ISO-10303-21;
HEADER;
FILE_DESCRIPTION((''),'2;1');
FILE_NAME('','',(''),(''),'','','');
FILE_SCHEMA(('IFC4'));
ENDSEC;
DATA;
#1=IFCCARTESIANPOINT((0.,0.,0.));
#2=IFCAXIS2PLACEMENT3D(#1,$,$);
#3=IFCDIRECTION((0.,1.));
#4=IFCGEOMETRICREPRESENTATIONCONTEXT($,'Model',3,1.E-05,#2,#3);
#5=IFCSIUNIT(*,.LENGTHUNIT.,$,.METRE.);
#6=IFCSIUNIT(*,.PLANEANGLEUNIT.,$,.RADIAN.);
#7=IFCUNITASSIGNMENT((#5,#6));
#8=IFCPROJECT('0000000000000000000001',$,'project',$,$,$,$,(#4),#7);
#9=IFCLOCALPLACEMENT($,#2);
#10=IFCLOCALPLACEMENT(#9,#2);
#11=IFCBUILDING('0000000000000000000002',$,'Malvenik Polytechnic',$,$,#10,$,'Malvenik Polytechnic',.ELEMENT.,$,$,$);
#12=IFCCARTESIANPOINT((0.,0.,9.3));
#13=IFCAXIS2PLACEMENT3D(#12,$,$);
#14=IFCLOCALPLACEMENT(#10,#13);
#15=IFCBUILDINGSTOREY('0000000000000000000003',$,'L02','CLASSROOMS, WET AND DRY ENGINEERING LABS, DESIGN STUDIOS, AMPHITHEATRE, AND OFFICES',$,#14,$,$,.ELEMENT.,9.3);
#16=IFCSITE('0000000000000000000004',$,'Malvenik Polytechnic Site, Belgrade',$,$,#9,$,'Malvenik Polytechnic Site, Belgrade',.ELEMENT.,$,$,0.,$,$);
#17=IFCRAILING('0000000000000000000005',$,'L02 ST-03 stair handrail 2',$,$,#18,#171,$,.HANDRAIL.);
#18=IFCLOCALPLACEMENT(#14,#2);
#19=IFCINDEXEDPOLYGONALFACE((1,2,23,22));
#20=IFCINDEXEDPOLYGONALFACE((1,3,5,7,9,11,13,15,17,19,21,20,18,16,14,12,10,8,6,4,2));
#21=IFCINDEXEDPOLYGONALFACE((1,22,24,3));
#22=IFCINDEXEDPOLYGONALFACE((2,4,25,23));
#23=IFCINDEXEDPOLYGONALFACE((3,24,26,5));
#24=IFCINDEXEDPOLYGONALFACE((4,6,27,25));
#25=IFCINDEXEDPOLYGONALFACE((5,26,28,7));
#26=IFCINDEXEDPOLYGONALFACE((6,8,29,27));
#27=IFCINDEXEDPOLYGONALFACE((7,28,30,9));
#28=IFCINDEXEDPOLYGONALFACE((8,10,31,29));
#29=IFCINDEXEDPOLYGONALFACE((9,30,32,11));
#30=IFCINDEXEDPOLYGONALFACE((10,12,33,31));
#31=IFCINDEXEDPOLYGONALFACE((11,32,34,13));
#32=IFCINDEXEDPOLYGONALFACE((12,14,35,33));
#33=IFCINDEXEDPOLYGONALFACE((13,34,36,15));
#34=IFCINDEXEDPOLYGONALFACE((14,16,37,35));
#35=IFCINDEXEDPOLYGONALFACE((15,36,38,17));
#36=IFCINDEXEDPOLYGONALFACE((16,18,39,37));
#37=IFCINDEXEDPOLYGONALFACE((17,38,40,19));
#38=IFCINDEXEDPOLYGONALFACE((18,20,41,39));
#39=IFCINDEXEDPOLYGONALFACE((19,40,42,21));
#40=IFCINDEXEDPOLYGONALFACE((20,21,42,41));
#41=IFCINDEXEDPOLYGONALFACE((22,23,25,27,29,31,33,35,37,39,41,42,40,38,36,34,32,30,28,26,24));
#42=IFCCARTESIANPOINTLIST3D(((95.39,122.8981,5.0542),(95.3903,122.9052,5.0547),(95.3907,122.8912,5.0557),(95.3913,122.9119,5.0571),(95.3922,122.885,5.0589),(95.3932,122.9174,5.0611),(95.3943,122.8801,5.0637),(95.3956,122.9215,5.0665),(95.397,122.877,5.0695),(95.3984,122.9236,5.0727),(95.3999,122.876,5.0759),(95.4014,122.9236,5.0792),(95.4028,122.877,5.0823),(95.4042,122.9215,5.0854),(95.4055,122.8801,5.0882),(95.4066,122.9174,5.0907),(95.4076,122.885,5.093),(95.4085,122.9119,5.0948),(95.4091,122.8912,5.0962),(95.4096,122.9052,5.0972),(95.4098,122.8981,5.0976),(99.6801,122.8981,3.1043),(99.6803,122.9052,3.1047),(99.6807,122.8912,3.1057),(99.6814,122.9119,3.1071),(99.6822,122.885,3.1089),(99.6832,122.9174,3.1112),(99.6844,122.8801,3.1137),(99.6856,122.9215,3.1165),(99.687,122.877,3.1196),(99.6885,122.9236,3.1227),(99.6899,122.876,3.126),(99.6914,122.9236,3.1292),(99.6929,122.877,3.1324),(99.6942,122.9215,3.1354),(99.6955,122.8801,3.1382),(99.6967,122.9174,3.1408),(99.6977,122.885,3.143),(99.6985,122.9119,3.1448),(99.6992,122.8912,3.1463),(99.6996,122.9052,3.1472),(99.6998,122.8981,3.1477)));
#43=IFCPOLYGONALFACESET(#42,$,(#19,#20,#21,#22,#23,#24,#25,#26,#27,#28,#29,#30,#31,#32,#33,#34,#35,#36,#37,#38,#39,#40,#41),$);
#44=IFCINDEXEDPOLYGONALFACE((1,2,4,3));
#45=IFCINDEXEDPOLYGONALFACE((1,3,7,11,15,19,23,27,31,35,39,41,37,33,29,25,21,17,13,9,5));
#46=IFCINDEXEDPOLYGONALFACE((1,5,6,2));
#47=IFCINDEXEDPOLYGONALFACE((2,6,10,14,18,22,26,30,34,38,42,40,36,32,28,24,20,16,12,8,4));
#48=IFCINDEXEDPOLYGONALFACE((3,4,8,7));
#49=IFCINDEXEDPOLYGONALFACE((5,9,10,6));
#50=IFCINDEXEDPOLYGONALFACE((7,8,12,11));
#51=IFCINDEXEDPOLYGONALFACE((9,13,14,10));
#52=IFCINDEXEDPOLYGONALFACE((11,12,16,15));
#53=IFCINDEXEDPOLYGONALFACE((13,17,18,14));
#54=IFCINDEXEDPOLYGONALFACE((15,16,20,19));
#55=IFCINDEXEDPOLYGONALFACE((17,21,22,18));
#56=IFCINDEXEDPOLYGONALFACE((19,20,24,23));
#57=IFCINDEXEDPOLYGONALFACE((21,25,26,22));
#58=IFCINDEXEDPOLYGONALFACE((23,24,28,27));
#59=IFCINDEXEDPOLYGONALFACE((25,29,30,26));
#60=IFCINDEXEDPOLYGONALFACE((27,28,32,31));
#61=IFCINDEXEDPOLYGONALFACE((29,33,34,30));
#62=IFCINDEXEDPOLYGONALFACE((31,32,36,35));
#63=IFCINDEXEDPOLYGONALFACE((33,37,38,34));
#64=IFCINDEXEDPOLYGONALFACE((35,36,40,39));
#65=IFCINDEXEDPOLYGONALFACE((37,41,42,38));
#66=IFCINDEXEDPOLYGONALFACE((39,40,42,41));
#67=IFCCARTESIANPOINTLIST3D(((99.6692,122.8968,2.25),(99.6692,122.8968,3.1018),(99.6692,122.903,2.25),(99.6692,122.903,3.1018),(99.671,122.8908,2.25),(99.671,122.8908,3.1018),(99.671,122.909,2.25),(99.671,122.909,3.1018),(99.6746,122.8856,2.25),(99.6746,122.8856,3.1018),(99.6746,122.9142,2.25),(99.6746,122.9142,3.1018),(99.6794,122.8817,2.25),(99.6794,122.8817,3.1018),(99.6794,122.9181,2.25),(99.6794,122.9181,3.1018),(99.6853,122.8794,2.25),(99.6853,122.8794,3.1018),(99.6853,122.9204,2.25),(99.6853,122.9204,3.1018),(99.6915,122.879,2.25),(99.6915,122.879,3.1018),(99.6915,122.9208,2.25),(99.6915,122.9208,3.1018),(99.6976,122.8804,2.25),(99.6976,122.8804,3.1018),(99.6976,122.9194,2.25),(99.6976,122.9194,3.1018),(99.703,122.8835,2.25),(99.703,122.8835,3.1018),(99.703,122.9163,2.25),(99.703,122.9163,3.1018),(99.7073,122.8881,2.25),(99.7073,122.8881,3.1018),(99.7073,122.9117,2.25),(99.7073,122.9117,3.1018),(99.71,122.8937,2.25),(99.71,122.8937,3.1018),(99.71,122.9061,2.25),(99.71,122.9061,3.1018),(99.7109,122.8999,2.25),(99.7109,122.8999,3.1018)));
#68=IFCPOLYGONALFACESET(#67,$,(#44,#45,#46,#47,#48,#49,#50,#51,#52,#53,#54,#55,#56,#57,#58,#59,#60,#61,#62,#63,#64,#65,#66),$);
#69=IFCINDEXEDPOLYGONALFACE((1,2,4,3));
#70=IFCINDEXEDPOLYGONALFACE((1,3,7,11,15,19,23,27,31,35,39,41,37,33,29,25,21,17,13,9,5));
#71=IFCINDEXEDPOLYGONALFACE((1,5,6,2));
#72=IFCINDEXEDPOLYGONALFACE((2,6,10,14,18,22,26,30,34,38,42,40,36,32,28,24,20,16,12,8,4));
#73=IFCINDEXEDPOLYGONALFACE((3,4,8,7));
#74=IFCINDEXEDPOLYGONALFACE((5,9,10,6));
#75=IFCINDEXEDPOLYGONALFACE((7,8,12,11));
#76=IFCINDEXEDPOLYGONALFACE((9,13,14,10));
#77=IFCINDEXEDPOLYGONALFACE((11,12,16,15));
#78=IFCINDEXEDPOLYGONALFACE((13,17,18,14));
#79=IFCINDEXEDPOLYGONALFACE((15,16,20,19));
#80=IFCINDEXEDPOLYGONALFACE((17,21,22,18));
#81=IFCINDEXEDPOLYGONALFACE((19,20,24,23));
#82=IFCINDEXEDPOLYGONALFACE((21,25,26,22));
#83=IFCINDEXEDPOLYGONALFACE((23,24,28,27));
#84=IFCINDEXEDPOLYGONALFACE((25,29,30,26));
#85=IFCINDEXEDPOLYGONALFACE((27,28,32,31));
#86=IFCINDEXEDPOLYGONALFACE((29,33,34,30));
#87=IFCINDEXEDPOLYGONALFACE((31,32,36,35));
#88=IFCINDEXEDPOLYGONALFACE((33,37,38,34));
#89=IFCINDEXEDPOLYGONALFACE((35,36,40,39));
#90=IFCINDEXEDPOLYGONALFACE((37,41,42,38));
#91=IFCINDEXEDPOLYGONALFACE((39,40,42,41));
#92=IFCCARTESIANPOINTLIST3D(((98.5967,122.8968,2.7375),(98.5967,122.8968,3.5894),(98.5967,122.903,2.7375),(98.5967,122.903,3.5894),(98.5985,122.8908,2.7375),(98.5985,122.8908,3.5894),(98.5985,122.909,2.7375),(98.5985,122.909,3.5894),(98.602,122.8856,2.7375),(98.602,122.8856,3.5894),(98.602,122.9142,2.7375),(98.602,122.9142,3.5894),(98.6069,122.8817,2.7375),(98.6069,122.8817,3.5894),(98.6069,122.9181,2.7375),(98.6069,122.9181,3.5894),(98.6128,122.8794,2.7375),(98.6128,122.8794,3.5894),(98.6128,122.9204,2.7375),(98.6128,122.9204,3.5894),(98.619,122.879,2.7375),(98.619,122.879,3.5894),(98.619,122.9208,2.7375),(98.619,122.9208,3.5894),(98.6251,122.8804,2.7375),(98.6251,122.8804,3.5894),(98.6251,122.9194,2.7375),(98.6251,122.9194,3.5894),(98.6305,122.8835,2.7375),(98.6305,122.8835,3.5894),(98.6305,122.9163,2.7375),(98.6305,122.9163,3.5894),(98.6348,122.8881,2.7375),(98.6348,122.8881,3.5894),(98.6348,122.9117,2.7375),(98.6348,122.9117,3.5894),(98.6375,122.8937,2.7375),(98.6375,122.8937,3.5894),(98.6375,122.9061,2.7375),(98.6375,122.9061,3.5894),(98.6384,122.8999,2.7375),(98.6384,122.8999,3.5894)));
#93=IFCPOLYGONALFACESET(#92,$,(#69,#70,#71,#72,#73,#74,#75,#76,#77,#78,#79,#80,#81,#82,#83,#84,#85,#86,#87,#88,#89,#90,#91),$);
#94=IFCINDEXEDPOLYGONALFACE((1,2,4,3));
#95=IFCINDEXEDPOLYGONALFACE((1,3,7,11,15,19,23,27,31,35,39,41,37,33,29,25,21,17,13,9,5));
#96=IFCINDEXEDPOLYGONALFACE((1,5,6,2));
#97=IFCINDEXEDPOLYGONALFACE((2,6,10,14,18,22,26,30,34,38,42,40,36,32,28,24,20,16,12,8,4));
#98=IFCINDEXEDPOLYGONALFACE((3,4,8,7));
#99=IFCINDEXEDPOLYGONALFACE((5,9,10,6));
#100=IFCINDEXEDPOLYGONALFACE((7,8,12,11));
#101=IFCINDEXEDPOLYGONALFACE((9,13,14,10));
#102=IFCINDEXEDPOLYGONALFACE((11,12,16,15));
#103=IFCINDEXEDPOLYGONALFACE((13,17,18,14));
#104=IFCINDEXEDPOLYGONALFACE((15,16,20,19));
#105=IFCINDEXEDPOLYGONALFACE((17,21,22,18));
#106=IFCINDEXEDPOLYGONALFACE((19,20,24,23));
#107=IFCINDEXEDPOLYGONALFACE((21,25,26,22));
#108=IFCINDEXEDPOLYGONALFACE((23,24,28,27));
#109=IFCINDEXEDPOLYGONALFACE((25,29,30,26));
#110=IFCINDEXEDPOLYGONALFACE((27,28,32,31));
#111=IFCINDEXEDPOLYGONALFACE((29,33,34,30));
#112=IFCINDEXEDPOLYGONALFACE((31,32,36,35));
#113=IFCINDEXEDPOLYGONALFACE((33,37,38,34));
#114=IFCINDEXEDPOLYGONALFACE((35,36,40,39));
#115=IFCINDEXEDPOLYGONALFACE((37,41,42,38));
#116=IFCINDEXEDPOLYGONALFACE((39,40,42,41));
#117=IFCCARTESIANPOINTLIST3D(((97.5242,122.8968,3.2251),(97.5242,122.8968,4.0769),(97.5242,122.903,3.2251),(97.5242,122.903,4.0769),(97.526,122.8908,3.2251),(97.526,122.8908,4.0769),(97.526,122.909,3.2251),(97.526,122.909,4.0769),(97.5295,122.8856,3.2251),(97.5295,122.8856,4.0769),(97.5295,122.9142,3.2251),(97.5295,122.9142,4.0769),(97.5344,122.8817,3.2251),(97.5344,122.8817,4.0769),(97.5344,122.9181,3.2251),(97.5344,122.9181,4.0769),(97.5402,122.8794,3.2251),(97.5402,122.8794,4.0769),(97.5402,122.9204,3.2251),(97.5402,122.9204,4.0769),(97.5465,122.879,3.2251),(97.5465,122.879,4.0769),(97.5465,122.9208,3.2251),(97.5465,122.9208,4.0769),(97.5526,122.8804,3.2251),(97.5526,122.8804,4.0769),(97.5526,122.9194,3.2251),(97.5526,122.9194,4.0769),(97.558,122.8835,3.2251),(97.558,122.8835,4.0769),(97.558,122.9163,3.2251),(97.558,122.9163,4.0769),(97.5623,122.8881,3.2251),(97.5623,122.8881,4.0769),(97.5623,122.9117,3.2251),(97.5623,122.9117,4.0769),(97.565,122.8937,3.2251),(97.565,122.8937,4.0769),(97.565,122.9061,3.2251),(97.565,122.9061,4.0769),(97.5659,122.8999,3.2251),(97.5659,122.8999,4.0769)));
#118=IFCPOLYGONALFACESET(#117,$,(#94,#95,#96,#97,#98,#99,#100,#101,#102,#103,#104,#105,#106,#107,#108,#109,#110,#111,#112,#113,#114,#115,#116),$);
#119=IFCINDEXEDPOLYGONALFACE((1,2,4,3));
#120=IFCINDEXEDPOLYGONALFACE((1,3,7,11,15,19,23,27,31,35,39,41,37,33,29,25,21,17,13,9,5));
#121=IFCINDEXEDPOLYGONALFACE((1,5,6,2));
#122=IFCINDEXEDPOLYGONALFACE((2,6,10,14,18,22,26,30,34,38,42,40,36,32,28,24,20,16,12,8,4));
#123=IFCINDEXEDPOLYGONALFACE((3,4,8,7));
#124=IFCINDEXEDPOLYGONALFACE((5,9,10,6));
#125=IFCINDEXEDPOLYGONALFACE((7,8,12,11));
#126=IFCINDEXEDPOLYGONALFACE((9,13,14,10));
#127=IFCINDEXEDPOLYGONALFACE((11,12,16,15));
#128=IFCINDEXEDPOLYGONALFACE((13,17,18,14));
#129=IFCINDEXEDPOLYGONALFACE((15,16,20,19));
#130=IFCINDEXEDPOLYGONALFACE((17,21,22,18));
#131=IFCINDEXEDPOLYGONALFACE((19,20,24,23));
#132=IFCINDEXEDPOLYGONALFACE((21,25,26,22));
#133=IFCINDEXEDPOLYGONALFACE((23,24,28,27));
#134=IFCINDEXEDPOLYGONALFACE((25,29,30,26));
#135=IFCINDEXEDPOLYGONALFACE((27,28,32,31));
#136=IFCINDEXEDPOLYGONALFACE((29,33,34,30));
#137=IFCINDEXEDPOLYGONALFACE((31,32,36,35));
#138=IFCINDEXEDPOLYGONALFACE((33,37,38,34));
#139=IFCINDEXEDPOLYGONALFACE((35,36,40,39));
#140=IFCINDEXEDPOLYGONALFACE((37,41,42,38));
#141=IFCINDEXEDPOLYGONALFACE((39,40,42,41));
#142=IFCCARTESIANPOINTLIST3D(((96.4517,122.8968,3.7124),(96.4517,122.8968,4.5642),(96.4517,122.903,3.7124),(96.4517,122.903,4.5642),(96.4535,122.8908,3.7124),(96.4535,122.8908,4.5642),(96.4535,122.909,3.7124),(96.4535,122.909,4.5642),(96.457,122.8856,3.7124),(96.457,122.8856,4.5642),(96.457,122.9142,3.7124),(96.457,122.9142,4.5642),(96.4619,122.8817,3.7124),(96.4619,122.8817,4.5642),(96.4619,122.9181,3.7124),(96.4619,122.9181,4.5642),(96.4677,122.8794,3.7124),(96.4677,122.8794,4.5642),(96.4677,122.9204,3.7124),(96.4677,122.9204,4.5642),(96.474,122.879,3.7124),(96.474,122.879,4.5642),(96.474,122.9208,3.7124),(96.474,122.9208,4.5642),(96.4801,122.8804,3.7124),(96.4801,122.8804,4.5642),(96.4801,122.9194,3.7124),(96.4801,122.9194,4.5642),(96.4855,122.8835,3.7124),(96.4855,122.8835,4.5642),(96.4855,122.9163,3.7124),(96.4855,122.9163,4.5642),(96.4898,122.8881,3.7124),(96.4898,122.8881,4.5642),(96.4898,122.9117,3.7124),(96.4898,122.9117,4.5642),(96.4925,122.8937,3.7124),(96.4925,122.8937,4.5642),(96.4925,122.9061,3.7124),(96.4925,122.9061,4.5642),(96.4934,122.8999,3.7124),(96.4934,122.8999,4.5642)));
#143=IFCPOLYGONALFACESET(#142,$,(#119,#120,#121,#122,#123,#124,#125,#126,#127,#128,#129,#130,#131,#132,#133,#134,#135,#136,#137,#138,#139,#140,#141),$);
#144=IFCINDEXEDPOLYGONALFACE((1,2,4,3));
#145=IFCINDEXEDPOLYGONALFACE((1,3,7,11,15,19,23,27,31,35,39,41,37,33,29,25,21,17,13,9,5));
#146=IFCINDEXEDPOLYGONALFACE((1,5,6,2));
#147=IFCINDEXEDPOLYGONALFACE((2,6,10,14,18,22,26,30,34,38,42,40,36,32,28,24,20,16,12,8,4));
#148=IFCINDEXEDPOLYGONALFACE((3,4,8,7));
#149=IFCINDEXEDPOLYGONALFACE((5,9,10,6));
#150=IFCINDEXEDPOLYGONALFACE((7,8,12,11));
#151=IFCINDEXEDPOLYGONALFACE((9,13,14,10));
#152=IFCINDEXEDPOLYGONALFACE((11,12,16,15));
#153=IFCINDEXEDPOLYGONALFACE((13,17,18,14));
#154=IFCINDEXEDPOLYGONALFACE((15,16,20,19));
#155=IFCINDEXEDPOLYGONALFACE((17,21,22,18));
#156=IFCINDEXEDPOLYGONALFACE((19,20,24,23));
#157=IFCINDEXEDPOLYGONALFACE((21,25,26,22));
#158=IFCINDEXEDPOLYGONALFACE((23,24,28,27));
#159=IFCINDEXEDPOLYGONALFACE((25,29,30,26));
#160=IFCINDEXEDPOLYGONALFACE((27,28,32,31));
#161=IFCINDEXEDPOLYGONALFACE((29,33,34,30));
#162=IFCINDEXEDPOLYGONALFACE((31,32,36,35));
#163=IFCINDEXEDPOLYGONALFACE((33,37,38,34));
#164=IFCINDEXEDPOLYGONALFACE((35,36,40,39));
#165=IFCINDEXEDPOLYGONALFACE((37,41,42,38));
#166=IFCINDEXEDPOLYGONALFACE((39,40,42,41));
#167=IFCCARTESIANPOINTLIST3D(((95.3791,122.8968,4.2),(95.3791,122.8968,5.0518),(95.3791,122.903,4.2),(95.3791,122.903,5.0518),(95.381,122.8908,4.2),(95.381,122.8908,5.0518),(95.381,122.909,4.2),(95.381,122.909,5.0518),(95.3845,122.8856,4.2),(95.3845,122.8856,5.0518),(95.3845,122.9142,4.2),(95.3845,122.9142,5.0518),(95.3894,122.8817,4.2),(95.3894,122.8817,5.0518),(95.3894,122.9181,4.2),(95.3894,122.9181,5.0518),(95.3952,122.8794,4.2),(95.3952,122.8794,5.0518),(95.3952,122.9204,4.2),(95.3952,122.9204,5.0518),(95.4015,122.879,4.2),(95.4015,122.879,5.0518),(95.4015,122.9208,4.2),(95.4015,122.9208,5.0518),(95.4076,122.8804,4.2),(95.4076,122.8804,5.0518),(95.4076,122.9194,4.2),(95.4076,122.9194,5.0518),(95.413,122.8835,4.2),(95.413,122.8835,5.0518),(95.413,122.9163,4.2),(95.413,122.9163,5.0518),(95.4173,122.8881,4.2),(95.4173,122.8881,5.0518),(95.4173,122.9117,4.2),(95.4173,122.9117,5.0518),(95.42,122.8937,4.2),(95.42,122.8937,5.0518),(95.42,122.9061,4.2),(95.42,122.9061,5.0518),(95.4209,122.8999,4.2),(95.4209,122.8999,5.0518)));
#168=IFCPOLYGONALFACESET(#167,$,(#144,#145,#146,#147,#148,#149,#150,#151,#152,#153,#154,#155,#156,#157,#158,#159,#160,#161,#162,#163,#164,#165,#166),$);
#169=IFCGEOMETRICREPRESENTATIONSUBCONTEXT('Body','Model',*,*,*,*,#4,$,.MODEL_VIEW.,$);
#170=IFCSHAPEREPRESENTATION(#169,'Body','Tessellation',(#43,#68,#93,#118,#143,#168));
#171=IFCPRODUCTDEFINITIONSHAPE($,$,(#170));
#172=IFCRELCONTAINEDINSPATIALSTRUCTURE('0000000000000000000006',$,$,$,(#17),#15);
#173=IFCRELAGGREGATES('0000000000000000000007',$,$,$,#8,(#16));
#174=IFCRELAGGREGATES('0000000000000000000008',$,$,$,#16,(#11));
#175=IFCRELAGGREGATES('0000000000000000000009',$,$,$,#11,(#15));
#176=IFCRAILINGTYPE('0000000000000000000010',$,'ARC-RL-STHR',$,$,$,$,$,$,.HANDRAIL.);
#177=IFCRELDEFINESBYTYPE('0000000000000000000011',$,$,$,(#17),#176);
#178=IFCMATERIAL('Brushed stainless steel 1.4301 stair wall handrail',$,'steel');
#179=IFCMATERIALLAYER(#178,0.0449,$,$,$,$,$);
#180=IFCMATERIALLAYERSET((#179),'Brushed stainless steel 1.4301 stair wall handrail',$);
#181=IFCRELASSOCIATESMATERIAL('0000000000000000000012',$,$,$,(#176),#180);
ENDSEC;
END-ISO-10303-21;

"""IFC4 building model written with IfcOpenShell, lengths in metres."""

from ifc_helpers import new_model, si_unit, direction, frame, origin, origin_2d, place, context, subcontext, project, spatial, circle, extrude, material, layer, layer_set, type_object, element, save


model = new_model("IFC4")

# Units and contexts
model_context = context("Model", 3, precision=1e-05, world=origin(), true_north=direction((0.0, 1.0)))
body_context = subcontext(model_context, "Body", "Model", "MODEL_VIEW")
ifc_project = project(units=[si_unit("LENGTHUNIT", "METRE"), si_unit("PLANEANGLEUNIT", "RADIAN")], contexts=[model_context])

# Site, building, storey
site_placement = place(None, origin())
site = spatial("IfcSite", under=ifc_project, at=site_placement, Name="Malvenik Polytechnic Site, Belgrade", LongName="Malvenik Polytechnic Site, Belgrade", CompositionType="ELEMENT", RefElevation=0.0)
building_placement = place(site_placement, origin())
building = spatial("IfcBuilding", under=site, at=building_placement, Name="Malvenik Polytechnic", LongName="Malvenik Polytechnic", CompositionType="ELEMENT")
storey_placement = place(building_placement, frame((0.0, 0.0, 9.3)))
storey = spatial("IfcBuildingStorey", under=building, at=storey_placement, Name="L02", Description="CLASSROOMS, WET AND DRY ENGINEERING LABS, DESIGN STUDIOS, AMPHITHEATRE, AND OFFICES", CompositionType="ELEMENT", Elevation=9.3)

# Railing
ifc_material_1 = material(Name="Brushed stainless steel 1.4301 stair wall handrail", Category="steel")
ifc_layer_1 = layer(ifc_material_1, 0.0449)
ifc_layer_set_1 = layer_set([ifc_layer_1], Name="Brushed stainless steel 1.4301 stair wall handrail")
railing_type_1 = type_object("IfcRailingType", Name="ARC-RL-STHR", PredefinedType="HANDRAIL", material=ifc_layer_set_1)
railing_1_placement = place(storey_placement, frame((99.6899, 122.8999, 2.25)))
element("IfcRailing", 1, at=railing_1_placement, inside=storey, type_object=railing_type_1, Name="L02 ST-03 stair handrail 2", PredefinedType="HANDRAIL", context=body_context, shape_type="SweptSolid", body=[
    extrude(circle(Radius=0.0239, at=origin_2d()), frame((0.0, 0.0, 0.876), z_axis=(-0.910372, 0.0, 0.413791), x_axis=(0.0, -1.0, 0.0)), (0.0, 0.0, 1.0), 4.7124),
    extrude(circle(Radius=0.021, at=origin_2d()), origin(), (0.0, 0.0, 1.0), 0.8518),
    extrude(circle(Radius=0.021, at=origin_2d()), frame((-1.0725, 0.0, 0.4875)), (0.0, 0.0, 1.0), 0.8518),
    extrude(circle(Radius=0.021, at=origin_2d()), frame((-2.145, 0.0, 0.9751)), (0.0, 0.0, 1.0), 0.8518),
    extrude(circle(Radius=0.021, at=origin_2d()), frame((-3.2175, 0.0, 1.4624)), (0.0, 0.0, 1.0), 0.8518),
    extrude(circle(Radius=0.021, at=origin_2d()), frame((-4.29, 0.0, 1.95)), (0.0, 0.0, 1.0), 0.8518),
])

save(model, "model.ifc")
